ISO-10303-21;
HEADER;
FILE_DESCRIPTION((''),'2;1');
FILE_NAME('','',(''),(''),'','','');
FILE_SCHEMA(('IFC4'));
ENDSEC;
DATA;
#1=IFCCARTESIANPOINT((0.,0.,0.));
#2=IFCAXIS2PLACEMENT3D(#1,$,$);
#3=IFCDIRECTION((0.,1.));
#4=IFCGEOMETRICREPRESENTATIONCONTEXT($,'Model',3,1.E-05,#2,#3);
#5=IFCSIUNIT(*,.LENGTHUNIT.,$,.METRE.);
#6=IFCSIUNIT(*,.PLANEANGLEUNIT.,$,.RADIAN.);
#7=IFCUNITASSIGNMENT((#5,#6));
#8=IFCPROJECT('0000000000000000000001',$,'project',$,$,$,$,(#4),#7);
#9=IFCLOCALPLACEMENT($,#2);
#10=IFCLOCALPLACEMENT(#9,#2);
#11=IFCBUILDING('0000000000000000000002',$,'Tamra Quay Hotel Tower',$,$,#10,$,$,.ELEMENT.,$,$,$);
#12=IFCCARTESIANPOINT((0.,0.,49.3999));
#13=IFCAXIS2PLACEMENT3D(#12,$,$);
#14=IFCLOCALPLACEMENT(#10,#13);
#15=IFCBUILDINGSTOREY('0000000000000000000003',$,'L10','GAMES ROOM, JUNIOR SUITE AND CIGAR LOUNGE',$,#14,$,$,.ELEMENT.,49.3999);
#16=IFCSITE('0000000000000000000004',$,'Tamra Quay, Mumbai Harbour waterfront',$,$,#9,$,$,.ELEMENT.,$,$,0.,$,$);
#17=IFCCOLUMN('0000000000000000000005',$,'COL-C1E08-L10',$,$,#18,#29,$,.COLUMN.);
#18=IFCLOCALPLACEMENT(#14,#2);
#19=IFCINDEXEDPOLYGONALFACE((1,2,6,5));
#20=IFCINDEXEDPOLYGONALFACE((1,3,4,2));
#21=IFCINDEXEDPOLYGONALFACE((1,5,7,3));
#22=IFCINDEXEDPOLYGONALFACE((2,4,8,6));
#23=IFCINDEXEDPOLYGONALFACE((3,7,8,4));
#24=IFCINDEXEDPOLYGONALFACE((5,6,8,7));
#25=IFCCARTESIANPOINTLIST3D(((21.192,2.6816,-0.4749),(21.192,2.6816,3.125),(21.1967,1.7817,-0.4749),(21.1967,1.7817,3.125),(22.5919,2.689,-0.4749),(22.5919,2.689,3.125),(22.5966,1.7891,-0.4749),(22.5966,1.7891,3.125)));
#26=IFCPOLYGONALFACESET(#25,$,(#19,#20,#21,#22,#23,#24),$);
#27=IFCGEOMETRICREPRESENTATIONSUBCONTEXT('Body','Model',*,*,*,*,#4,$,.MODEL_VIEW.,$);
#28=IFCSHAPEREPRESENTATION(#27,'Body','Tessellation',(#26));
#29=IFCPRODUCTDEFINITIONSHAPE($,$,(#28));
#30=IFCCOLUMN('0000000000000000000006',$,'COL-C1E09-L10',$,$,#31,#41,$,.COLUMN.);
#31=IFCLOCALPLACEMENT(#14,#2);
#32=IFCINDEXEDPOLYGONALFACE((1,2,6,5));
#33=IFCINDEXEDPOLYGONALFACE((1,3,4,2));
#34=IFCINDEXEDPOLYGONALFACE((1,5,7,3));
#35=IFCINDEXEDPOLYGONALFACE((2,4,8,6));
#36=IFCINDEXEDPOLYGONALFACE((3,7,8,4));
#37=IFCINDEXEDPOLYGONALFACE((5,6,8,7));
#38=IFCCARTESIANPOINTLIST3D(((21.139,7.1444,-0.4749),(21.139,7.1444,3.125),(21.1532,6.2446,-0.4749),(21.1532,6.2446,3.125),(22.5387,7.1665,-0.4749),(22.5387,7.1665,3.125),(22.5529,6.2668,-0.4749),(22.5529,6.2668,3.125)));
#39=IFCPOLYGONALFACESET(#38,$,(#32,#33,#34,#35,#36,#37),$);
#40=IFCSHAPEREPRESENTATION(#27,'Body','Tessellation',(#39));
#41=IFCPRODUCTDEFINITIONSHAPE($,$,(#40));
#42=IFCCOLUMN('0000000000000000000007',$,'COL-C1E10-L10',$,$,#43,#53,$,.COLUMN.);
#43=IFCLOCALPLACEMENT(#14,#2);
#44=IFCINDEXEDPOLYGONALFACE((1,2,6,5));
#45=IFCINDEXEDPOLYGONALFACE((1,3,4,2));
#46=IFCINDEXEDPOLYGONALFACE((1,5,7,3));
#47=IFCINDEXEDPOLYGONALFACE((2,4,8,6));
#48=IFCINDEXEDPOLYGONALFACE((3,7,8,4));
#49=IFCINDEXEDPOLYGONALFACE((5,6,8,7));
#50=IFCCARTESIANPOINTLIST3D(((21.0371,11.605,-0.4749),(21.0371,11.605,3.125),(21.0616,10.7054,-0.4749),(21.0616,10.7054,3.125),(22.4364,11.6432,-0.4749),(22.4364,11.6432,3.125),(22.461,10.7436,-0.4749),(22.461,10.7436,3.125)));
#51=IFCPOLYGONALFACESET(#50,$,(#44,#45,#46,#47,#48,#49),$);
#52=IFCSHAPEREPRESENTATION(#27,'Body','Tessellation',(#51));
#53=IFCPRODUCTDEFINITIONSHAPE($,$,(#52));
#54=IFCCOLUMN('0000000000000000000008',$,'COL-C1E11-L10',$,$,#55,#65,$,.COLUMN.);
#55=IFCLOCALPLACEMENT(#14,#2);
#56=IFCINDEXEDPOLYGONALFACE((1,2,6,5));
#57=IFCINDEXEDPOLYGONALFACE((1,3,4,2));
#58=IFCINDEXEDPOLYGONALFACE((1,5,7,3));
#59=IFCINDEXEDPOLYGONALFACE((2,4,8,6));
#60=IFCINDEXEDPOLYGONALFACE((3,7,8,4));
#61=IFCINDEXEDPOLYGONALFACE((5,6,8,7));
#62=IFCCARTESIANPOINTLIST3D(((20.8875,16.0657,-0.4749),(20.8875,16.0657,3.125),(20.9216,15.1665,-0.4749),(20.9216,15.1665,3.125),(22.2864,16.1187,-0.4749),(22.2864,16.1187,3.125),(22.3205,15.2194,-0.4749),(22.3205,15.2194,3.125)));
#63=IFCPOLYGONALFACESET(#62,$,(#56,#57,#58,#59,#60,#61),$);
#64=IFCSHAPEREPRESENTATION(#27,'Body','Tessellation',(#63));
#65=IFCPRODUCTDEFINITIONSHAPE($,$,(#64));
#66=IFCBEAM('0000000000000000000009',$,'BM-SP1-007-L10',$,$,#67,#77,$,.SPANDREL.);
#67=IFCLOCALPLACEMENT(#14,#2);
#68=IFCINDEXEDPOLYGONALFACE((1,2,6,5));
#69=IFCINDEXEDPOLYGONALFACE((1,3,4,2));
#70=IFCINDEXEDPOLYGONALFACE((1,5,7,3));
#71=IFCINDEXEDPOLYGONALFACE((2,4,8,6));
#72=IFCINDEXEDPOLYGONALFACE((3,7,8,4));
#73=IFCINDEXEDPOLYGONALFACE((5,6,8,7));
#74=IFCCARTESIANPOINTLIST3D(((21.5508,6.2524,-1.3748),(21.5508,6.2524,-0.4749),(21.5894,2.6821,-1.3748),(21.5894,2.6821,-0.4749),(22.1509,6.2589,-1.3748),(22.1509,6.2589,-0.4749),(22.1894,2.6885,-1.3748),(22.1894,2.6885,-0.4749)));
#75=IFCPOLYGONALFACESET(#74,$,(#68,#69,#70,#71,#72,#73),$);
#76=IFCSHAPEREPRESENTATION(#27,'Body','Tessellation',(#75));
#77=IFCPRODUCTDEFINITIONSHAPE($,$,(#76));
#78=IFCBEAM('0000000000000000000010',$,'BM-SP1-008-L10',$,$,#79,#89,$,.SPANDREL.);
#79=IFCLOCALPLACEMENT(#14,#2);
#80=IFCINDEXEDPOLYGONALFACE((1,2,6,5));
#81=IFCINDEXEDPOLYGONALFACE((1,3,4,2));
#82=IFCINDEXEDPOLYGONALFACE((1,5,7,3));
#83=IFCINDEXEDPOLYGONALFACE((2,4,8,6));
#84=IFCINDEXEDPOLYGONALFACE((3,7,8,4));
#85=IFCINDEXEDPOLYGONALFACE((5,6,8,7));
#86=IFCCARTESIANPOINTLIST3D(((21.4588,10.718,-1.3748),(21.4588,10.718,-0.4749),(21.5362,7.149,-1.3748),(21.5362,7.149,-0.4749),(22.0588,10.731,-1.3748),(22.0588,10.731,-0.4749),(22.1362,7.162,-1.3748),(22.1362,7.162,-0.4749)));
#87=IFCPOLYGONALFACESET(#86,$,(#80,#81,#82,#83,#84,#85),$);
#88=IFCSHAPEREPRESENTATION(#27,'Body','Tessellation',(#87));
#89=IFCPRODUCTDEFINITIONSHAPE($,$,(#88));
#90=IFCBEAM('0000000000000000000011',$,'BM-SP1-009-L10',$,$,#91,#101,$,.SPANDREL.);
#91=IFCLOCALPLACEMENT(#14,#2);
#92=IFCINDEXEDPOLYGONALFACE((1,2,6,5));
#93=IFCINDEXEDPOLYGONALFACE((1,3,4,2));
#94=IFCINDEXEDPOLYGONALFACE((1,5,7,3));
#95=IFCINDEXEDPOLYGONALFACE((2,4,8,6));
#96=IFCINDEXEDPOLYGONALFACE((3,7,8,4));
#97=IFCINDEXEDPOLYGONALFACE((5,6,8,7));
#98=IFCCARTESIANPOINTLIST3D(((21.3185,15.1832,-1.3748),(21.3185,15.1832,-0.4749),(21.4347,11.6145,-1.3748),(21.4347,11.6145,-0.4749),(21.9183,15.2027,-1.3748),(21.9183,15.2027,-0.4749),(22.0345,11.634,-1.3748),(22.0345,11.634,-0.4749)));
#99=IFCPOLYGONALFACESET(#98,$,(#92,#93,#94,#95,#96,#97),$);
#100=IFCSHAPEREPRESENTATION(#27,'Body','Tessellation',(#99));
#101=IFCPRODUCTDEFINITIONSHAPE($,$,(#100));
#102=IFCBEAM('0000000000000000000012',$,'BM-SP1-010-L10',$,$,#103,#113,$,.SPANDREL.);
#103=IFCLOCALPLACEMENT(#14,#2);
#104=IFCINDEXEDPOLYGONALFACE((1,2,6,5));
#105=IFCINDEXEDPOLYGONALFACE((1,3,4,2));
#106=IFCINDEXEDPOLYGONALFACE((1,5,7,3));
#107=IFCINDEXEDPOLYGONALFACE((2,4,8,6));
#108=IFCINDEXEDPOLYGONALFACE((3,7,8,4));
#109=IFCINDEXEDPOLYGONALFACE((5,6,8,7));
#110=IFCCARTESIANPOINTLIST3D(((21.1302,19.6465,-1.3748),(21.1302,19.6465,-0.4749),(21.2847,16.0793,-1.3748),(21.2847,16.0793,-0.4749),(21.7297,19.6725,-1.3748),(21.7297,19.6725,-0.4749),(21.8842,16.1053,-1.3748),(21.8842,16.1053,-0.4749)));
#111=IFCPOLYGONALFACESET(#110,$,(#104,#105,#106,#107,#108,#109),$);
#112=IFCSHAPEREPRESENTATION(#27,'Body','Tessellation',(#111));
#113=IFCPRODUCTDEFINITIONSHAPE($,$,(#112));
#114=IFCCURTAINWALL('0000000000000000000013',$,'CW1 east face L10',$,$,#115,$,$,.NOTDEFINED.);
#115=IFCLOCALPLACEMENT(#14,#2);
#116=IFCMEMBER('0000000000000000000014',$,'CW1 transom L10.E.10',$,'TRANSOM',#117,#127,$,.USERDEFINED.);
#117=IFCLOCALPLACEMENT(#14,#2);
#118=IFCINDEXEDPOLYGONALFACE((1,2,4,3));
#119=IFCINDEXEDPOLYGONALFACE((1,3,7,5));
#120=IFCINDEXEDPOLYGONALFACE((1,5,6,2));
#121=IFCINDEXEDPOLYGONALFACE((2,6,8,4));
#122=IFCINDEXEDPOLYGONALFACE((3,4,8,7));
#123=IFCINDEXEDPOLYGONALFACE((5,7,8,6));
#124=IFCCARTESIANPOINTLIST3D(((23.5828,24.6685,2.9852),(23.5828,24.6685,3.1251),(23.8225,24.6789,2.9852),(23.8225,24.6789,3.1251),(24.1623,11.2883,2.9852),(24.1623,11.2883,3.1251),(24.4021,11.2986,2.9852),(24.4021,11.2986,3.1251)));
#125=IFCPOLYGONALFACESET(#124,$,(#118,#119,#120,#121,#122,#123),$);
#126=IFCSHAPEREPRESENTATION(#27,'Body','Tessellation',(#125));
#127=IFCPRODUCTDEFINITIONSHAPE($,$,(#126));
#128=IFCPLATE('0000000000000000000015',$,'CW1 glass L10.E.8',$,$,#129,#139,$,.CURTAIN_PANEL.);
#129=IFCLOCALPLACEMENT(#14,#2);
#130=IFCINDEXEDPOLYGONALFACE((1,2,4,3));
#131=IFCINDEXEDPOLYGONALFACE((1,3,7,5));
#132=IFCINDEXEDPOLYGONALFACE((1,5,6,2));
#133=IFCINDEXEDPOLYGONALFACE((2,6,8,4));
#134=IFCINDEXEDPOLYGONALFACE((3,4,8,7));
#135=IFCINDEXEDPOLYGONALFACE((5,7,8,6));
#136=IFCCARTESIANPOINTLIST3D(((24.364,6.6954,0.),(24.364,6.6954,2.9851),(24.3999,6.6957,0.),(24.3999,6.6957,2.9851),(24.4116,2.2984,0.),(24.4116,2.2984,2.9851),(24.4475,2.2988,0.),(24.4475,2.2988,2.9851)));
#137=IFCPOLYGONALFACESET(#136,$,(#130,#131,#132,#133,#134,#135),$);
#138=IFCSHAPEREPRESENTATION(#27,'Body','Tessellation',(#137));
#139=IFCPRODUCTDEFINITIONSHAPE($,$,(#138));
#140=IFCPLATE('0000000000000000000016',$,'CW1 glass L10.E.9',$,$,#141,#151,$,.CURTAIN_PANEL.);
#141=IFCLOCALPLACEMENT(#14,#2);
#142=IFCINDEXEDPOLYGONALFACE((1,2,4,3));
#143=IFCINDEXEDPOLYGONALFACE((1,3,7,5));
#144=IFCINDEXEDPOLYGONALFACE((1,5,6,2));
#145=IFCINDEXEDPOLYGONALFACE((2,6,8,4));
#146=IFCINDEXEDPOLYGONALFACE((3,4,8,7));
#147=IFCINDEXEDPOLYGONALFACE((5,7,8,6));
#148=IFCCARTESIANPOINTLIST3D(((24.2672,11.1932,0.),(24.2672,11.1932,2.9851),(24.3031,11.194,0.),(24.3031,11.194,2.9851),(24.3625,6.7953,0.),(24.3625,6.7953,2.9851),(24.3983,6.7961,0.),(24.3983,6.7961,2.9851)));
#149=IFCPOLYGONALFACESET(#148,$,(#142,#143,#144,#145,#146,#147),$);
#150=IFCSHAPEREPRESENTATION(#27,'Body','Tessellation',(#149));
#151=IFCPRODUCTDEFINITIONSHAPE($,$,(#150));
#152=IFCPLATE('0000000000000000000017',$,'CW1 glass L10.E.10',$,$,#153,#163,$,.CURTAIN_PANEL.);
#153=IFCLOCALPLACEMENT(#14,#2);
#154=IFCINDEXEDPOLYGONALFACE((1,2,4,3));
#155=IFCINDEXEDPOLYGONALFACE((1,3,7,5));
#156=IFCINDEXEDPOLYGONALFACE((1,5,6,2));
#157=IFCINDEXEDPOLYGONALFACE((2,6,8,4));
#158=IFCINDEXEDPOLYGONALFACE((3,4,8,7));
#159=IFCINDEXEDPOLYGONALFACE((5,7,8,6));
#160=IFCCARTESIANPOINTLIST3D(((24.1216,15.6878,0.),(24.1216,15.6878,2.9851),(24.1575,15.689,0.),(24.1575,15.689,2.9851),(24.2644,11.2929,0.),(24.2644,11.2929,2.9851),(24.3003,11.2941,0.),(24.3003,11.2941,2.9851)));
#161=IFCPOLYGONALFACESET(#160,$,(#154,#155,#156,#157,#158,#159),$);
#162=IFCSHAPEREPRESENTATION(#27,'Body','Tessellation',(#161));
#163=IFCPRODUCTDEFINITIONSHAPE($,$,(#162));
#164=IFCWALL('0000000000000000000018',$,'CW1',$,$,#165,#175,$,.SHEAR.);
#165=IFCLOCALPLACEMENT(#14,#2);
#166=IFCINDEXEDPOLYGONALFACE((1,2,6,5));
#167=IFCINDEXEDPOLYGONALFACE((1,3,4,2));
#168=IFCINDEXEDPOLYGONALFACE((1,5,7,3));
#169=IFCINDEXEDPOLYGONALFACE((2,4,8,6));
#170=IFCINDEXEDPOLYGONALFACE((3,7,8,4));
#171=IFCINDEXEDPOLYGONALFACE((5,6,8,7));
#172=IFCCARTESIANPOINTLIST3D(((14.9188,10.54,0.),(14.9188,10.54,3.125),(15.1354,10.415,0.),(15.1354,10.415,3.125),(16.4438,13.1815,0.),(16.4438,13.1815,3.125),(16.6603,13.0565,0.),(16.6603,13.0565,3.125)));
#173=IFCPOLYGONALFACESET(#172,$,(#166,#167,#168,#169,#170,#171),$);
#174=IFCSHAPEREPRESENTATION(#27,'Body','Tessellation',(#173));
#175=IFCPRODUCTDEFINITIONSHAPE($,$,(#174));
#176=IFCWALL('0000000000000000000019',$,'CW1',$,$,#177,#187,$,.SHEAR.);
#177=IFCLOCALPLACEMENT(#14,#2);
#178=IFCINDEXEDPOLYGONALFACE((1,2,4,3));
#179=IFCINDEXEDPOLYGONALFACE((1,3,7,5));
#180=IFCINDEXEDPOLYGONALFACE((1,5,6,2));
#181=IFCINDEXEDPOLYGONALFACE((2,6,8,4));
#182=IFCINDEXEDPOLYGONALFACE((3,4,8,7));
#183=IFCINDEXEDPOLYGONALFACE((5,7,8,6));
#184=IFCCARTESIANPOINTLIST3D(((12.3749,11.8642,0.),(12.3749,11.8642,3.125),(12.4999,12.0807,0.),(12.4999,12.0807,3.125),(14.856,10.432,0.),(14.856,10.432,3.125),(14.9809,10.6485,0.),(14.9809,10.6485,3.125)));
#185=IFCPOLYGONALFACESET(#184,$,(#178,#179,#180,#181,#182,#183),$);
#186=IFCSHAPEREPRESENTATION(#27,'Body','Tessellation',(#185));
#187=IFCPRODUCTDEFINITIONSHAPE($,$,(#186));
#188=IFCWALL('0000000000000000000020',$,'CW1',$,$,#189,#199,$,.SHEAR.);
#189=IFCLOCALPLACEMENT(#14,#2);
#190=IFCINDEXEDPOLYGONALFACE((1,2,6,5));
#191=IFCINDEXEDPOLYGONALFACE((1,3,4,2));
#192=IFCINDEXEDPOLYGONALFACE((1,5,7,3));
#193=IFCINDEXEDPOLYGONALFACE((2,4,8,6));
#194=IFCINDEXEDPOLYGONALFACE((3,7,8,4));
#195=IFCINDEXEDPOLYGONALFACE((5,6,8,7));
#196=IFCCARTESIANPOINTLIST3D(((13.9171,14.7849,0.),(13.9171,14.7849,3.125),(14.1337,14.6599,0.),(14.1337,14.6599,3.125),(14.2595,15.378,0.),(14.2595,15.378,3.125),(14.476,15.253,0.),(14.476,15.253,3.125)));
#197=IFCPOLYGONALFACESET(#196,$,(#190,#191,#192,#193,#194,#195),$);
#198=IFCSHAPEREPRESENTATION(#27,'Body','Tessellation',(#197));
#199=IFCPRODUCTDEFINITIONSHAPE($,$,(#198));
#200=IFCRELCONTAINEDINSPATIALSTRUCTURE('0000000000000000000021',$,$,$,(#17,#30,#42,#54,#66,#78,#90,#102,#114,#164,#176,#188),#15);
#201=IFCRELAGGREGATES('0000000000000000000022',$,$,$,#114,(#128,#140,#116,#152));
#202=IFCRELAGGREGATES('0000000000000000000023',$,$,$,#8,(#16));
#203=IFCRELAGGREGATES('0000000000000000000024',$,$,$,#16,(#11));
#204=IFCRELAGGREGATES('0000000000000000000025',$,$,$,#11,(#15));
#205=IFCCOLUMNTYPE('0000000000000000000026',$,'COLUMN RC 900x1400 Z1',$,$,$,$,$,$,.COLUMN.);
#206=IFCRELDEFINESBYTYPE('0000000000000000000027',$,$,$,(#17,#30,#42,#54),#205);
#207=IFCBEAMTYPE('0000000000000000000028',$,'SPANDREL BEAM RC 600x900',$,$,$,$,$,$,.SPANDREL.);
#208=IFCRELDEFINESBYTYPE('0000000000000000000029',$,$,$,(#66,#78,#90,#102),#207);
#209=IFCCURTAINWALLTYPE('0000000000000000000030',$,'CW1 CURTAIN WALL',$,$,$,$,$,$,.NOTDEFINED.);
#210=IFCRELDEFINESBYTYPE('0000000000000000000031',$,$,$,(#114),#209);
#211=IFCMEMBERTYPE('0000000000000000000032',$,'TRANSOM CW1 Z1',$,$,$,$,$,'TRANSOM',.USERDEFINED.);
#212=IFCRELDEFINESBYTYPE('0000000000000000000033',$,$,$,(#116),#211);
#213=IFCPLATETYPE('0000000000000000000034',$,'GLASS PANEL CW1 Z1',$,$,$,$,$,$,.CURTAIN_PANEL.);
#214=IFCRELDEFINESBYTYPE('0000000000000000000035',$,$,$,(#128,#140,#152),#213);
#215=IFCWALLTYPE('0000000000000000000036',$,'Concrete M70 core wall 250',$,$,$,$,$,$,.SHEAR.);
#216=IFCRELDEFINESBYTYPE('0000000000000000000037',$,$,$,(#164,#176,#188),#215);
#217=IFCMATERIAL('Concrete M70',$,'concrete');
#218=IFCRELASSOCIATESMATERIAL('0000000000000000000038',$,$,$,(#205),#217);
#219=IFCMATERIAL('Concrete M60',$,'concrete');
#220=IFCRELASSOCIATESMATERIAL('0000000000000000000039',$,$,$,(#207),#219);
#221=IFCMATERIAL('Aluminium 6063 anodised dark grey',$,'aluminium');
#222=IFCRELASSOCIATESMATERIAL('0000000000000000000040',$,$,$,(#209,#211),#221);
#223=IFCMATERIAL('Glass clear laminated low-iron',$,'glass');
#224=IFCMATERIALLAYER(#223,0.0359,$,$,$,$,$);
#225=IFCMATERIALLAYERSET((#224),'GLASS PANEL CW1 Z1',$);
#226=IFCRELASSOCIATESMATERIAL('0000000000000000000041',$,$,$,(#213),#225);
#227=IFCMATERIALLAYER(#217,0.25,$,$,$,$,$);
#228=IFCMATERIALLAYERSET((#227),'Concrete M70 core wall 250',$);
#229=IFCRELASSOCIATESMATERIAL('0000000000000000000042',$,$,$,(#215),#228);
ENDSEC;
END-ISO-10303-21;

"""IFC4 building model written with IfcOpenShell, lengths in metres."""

from ifc_helpers import new_model, si_unit, direction, frame, frame_2d, origin, origin_2d, place, context, subcontext, project, spatial, rectangle, extrude, material, layer, layer_set, material_profile, profile_set, type_object, element, aggregate, save


model = new_model("IFC4")

# Units and contexts
model_context = context("Model", 3, precision=1e-05, world=origin(), true_north=direction((0.0, 1.0)))
body_context = subcontext(model_context, "Body", "Model", "MODEL_VIEW")
ifc_project = project(units=[si_unit("LENGTHUNIT", "METRE"), si_unit("PLANEANGLEUNIT", "RADIAN")], contexts=[model_context])

# Site, building, storey
site_placement = place(None, origin())
site = spatial("IfcSite", under=ifc_project, at=site_placement, Name="Tamra Quay, Mumbai Harbour waterfront", CompositionType="ELEMENT", RefElevation=0.0)
building_placement = place(site_placement, origin())
building = spatial("IfcBuilding", under=site, at=building_placement, Name="Tamra Quay Hotel Tower", CompositionType="ELEMENT")
storey_placement = place(building_placement, frame((0.0, 0.0, 49.3999)))
storey = spatial("IfcBuildingStorey", under=building, at=storey_placement, Name="L10", Description="GAMES ROOM, JUNIOR SUITE AND CIGAR LOUNGE", CompositionType="ELEMENT", Elevation=49.3999)

# Columns
ifc_material_1 = material(Name="Concrete M70", Category="concrete")
ifc_material_profile_1 = material_profile(ifc_material_1, rectangle(XDim=1.3999, YDim=0.8999, at=origin_2d()), Name="COLUMN RC 900x1400 Z1")
ifc_profile_set_1 = profile_set([ifc_material_profile_1], Name="Concrete M70")
column_type = type_object("IfcColumnType", Name="COLUMN RC 900x1400 Z1", PredefinedType="COLUMN", material=ifc_profile_set_1)
for number, where, z_axis, x_axis, name in (
    (1, (21.8943, 2.2354, -0.4749), (0.0, 0.0, 1.0), (0.999986, 0.00528, 0.0), "COL-C1E08-L10"),
    (2, (21.8459, 6.7056, -0.4749), (0.0, 0.0, 1.0), (0.999875, 0.015838, 0.0), "COL-C1E09-L10"),
    (3, (21.749, 11.1743, -0.4749), (0.0, 0.0, 1.0), (0.999628, 0.027269, 0.0), "COL-C1E10-L10"),
    (4, (21.604, 15.6426, -0.4749), (0.0, 0.0, 1.0), (0.999285, 0.037812, 0.0), "COL-C1E11-L10"),
):
    element("IfcColumn", number, at=place(storey_placement, frame(where, z_axis=z_axis, x_axis=x_axis)), inside=storey, type_object=column_type, Name=name, PredefinedType="COLUMN", context=body_context, shape_type="SweptSolid", body=[
        extrude(rectangle(XDim=1.3999, YDim=0.8999, at=origin_2d()), origin(), (0.0, 0.0, 1.0), 3.5999),
    ])

# Beams
ifc_material_2 = material(Name="Concrete M60", Category="concrete")
ifc_material_profile_2 = material_profile(ifc_material_2, rectangle(XDim=0.6001, YDim=0.8999, at=origin_2d()), Name="SPANDREL BEAM RC 600x900")
ifc_profile_set_2 = profile_set([ifc_material_profile_2], Name="Concrete M60")
beam_type = type_object("IfcBeamType", Name="SPANDREL BEAM RC 600x900", PredefinedType="SPANDREL", material=ifc_profile_set_2)
beam_1_placement = place(storey_placement, frame((21.8894, 2.6853, -0.9248), z_axis=(-0.010804, 0.999942, 0.0), x_axis=(-0.999942, -0.010804, 0.0)))
element("IfcBeam", 5, at=beam_1_placement, inside=storey, type_object=beam_type, Name="BM-SP1-007-L10", PredefinedType="SPANDREL", context=body_context, shape_type="SweptSolid", body=[
    extrude(rectangle(XDim=0.6001, YDim=0.8999, at=origin_2d()), origin(), (0.0, 0.0, 1.0), 3.5706),
])
beam_2_placement = place(storey_placement, frame((21.8362, 7.1555, -0.9248), z_axis=(-0.021679, 0.999765, 0.0), x_axis=(-0.999765, -0.021679, 0.0)))
element("IfcBeam", 6, at=beam_2_placement, inside=storey, type_object=beam_type, Name="BM-SP1-008-L10", PredefinedType="SPANDREL", context=body_context, shape_type="SweptSolid", body=[
    extrude(rectangle(XDim=0.6001, YDim=0.8999, at=origin_2d()), origin(), (0.0, 0.0, 1.0), 3.5698),
])
for number, where, z_axis, x_axis, name in (
    (7, (21.7346, 11.6243, -0.9248), (-0.032548, 0.99947, 0.0), (-0.99947, -0.032548, 0.0), "BM-SP1-009-L10"),
    (8, (21.5845, 16.0923, -0.9248), (-0.043283, 0.999063, 0.0), (-0.999063, -0.043283, 0.0), "BM-SP1-010-L10"),
):
    element("IfcBeam", number, at=place(storey_placement, frame(where, z_axis=z_axis, x_axis=x_axis)), inside=storey, type_object=beam_type, Name=name, PredefinedType="SPANDREL", context=body_context, shape_type="SweptSolid", body=[
        extrude(rectangle(XDim=0.6001, YDim=0.8999, at=origin_2d()), origin(), (0.0, 0.0, 1.0), 3.5706),
    ])

# Curtain wall, member, plates
ifc_material_3 = material(Name="Aluminium 6063 anodised dark grey", Category="aluminium")
curtain_wall_type = type_object("IfcCurtainWallType", Name="CW1 CURTAIN WALL", PredefinedType="NOTDEFINED", material=ifc_material_3)
curtain_wall_placement = place(storey_placement, origin())
curtain_wall = element("IfcCurtainWall", 9, at=curtain_wall_placement, inside=storey, type_object=curtain_wall_type, Name="CW1 east face L10", PredefinedType="NOTDEFINED")
ifc_material_profile_3 = material_profile(ifc_material_3, rectangle(XDim=0.24, YDim=0.1399, at=origin_2d()), Name="TRANSOM 240X140")
ifc_profile_set_3 = profile_set([ifc_material_profile_3], Name="Aluminium 6063 anodised dark grey")
member_type = type_object("IfcMemberType", Name="TRANSOM CW1 Z1", ElementType="TRANSOM", PredefinedType="USERDEFINED", material=ifc_profile_set_3)
member_placement = place(storey_placement, frame((24.2822, 11.2935, 3.0552), z_axis=(-0.043276, 0.999063, 0.0), x_axis=(-0.999063, -0.043276, 0.0)))
member = element("IfcMember", 10, at=member_placement, type_object=member_type, Name="CW1 transom L10.E.10", ObjectType="TRANSOM", PredefinedType="USERDEFINED", context=body_context, shape_type="SweptSolid", body=[
    extrude(rectangle(XDim=0.24, YDim=0.1399, at=origin_2d()), origin(), (0.0, 0.0, 1.0), 13.3928),
])
ifc_material_4 = material(Name="Glass clear laminated low-iron", Category="glass")
ifc_layer_1 = layer(ifc_material_4, 0.0359)
ifc_layer_set_1 = layer_set([ifc_layer_1], Name="GLASS PANEL CW1 Z1")
plate_type = type_object("IfcPlateType", Name="GLASS PANEL CW1 Z1", PredefinedType="CURTAIN_PANEL", material=ifc_layer_set_1)
plate_1_placement = place(storey_placement, frame((24.4058, 4.4971, 0.0), z_axis=(0.0, 0.0, 1.0), x_axis=(-0.010836, 0.999941, 0.0)))
plate_1 = element("IfcPlate", 11, at=plate_1_placement, type_object=plate_type, Name="CW1 glass L10.E.8", PredefinedType="CURTAIN_PANEL", context=body_context, shape_type="SweptSolid", body=[
    extrude(rectangle(XDim=4.3972, YDim=0.0359, at=origin_2d()), origin(), (0.0, 0.0, 1.0), 2.9851),
])
plate_2_placement = place(storey_placement, frame((24.3328, 8.9946, 0.0), z_axis=(0.0, 0.0, 1.0), x_axis=(-0.021657, 0.999765, 0.0)))
plate_2 = element("IfcPlate", 12, at=plate_2_placement, type_object=plate_type, Name="CW1 glass L10.E.9", PredefinedType="CURTAIN_PANEL", context=body_context, shape_type="SweptSolid", body=[
    extrude(rectangle(XDim=4.3989, YDim=0.0359, at=origin_2d()), origin(), (0.0, 0.0, 1.0), 2.9851),
])
plate_3_placement = place(storey_placement, frame((24.2109, 13.491, 0.0), z_axis=(0.0, 0.0, 1.0), x_axis=(-0.032475, 0.999473, 0.0)))
plate_3 = element("IfcPlate", 13, at=plate_3_placement, type_object=plate_type, Name="CW1 glass L10.E.10", PredefinedType="CURTAIN_PANEL", context=body_context, shape_type="SweptSolid", body=[
    extrude(rectangle(XDim=4.3972, YDim=0.0359, at=origin_2d()), origin(), (0.0, 0.0, 1.0), 2.9851),
])
aggregate(curtain_wall, [plate_1, plate_2, member, plate_3])

# Walls
ifc_layer_2 = layer(ifc_material_1, 0.25)
ifc_layer_set_2 = layer_set([ifc_layer_2], Name="Concrete M70 core wall 250")
wall_type_1 = type_object("IfcWallType", Name="Concrete M70 core wall 250", PredefinedType="SHEAR", material=ifc_layer_set_2)
wall_1_placement = place(storey_placement, frame((16.552, 13.1189, 0.0), z_axis=(0.0, 0.0, 1.0), x_axis=(-0.499979, -0.866038, 0.0)))
element("IfcWall", 14, at=wall_1_placement, inside=storey, type_object=wall_type_1, Name="CW1", PredefinedType="SHEAR", context=body_context, shape_type="SweptSolid", body=[
    extrude(rectangle(XDim=3.05, YDim=0.25, at=frame_2d((1.5249, 0.0))), origin(), (0.0, 0.0, 1.0), 3.125),
])
wall_2_placement = place(storey_placement, frame((14.9185, 10.5403, 0.0), z_axis=(0.0, 0.0, 1.0), x_axis=(-0.866064, 0.499934, 0.0)))
element("IfcWall", 15, at=wall_2_placement, inside=storey, type_object=wall_type_1, Name="CW1", PredefinedType="SHEAR", context=body_context, shape_type="SweptSolid", body=[
    extrude(rectangle(XDim=2.8647, YDim=0.25, at=frame_2d((1.4324, 0.0))), origin(), (0.0, 0.0, 1.0), 3.125),
])
wall_3_placement = place(storey_placement, frame((14.3677, 15.3154, 0.0), z_axis=(0.0, 0.0, 1.0), x_axis=(-0.499897, -0.866085, 0.0)))
element("IfcWall", 16, at=wall_3_placement, inside=storey, type_object=wall_type_1, Name="CW1", PredefinedType="SHEAR", context=body_context, shape_type="SweptSolid", body=[
    extrude(rectangle(XDim=0.6848, YDim=0.25, at=frame_2d((0.3423, 0.0))), origin(), (0.0, 0.0, 1.0), 3.125),
])

save(model, "model.ifc")
